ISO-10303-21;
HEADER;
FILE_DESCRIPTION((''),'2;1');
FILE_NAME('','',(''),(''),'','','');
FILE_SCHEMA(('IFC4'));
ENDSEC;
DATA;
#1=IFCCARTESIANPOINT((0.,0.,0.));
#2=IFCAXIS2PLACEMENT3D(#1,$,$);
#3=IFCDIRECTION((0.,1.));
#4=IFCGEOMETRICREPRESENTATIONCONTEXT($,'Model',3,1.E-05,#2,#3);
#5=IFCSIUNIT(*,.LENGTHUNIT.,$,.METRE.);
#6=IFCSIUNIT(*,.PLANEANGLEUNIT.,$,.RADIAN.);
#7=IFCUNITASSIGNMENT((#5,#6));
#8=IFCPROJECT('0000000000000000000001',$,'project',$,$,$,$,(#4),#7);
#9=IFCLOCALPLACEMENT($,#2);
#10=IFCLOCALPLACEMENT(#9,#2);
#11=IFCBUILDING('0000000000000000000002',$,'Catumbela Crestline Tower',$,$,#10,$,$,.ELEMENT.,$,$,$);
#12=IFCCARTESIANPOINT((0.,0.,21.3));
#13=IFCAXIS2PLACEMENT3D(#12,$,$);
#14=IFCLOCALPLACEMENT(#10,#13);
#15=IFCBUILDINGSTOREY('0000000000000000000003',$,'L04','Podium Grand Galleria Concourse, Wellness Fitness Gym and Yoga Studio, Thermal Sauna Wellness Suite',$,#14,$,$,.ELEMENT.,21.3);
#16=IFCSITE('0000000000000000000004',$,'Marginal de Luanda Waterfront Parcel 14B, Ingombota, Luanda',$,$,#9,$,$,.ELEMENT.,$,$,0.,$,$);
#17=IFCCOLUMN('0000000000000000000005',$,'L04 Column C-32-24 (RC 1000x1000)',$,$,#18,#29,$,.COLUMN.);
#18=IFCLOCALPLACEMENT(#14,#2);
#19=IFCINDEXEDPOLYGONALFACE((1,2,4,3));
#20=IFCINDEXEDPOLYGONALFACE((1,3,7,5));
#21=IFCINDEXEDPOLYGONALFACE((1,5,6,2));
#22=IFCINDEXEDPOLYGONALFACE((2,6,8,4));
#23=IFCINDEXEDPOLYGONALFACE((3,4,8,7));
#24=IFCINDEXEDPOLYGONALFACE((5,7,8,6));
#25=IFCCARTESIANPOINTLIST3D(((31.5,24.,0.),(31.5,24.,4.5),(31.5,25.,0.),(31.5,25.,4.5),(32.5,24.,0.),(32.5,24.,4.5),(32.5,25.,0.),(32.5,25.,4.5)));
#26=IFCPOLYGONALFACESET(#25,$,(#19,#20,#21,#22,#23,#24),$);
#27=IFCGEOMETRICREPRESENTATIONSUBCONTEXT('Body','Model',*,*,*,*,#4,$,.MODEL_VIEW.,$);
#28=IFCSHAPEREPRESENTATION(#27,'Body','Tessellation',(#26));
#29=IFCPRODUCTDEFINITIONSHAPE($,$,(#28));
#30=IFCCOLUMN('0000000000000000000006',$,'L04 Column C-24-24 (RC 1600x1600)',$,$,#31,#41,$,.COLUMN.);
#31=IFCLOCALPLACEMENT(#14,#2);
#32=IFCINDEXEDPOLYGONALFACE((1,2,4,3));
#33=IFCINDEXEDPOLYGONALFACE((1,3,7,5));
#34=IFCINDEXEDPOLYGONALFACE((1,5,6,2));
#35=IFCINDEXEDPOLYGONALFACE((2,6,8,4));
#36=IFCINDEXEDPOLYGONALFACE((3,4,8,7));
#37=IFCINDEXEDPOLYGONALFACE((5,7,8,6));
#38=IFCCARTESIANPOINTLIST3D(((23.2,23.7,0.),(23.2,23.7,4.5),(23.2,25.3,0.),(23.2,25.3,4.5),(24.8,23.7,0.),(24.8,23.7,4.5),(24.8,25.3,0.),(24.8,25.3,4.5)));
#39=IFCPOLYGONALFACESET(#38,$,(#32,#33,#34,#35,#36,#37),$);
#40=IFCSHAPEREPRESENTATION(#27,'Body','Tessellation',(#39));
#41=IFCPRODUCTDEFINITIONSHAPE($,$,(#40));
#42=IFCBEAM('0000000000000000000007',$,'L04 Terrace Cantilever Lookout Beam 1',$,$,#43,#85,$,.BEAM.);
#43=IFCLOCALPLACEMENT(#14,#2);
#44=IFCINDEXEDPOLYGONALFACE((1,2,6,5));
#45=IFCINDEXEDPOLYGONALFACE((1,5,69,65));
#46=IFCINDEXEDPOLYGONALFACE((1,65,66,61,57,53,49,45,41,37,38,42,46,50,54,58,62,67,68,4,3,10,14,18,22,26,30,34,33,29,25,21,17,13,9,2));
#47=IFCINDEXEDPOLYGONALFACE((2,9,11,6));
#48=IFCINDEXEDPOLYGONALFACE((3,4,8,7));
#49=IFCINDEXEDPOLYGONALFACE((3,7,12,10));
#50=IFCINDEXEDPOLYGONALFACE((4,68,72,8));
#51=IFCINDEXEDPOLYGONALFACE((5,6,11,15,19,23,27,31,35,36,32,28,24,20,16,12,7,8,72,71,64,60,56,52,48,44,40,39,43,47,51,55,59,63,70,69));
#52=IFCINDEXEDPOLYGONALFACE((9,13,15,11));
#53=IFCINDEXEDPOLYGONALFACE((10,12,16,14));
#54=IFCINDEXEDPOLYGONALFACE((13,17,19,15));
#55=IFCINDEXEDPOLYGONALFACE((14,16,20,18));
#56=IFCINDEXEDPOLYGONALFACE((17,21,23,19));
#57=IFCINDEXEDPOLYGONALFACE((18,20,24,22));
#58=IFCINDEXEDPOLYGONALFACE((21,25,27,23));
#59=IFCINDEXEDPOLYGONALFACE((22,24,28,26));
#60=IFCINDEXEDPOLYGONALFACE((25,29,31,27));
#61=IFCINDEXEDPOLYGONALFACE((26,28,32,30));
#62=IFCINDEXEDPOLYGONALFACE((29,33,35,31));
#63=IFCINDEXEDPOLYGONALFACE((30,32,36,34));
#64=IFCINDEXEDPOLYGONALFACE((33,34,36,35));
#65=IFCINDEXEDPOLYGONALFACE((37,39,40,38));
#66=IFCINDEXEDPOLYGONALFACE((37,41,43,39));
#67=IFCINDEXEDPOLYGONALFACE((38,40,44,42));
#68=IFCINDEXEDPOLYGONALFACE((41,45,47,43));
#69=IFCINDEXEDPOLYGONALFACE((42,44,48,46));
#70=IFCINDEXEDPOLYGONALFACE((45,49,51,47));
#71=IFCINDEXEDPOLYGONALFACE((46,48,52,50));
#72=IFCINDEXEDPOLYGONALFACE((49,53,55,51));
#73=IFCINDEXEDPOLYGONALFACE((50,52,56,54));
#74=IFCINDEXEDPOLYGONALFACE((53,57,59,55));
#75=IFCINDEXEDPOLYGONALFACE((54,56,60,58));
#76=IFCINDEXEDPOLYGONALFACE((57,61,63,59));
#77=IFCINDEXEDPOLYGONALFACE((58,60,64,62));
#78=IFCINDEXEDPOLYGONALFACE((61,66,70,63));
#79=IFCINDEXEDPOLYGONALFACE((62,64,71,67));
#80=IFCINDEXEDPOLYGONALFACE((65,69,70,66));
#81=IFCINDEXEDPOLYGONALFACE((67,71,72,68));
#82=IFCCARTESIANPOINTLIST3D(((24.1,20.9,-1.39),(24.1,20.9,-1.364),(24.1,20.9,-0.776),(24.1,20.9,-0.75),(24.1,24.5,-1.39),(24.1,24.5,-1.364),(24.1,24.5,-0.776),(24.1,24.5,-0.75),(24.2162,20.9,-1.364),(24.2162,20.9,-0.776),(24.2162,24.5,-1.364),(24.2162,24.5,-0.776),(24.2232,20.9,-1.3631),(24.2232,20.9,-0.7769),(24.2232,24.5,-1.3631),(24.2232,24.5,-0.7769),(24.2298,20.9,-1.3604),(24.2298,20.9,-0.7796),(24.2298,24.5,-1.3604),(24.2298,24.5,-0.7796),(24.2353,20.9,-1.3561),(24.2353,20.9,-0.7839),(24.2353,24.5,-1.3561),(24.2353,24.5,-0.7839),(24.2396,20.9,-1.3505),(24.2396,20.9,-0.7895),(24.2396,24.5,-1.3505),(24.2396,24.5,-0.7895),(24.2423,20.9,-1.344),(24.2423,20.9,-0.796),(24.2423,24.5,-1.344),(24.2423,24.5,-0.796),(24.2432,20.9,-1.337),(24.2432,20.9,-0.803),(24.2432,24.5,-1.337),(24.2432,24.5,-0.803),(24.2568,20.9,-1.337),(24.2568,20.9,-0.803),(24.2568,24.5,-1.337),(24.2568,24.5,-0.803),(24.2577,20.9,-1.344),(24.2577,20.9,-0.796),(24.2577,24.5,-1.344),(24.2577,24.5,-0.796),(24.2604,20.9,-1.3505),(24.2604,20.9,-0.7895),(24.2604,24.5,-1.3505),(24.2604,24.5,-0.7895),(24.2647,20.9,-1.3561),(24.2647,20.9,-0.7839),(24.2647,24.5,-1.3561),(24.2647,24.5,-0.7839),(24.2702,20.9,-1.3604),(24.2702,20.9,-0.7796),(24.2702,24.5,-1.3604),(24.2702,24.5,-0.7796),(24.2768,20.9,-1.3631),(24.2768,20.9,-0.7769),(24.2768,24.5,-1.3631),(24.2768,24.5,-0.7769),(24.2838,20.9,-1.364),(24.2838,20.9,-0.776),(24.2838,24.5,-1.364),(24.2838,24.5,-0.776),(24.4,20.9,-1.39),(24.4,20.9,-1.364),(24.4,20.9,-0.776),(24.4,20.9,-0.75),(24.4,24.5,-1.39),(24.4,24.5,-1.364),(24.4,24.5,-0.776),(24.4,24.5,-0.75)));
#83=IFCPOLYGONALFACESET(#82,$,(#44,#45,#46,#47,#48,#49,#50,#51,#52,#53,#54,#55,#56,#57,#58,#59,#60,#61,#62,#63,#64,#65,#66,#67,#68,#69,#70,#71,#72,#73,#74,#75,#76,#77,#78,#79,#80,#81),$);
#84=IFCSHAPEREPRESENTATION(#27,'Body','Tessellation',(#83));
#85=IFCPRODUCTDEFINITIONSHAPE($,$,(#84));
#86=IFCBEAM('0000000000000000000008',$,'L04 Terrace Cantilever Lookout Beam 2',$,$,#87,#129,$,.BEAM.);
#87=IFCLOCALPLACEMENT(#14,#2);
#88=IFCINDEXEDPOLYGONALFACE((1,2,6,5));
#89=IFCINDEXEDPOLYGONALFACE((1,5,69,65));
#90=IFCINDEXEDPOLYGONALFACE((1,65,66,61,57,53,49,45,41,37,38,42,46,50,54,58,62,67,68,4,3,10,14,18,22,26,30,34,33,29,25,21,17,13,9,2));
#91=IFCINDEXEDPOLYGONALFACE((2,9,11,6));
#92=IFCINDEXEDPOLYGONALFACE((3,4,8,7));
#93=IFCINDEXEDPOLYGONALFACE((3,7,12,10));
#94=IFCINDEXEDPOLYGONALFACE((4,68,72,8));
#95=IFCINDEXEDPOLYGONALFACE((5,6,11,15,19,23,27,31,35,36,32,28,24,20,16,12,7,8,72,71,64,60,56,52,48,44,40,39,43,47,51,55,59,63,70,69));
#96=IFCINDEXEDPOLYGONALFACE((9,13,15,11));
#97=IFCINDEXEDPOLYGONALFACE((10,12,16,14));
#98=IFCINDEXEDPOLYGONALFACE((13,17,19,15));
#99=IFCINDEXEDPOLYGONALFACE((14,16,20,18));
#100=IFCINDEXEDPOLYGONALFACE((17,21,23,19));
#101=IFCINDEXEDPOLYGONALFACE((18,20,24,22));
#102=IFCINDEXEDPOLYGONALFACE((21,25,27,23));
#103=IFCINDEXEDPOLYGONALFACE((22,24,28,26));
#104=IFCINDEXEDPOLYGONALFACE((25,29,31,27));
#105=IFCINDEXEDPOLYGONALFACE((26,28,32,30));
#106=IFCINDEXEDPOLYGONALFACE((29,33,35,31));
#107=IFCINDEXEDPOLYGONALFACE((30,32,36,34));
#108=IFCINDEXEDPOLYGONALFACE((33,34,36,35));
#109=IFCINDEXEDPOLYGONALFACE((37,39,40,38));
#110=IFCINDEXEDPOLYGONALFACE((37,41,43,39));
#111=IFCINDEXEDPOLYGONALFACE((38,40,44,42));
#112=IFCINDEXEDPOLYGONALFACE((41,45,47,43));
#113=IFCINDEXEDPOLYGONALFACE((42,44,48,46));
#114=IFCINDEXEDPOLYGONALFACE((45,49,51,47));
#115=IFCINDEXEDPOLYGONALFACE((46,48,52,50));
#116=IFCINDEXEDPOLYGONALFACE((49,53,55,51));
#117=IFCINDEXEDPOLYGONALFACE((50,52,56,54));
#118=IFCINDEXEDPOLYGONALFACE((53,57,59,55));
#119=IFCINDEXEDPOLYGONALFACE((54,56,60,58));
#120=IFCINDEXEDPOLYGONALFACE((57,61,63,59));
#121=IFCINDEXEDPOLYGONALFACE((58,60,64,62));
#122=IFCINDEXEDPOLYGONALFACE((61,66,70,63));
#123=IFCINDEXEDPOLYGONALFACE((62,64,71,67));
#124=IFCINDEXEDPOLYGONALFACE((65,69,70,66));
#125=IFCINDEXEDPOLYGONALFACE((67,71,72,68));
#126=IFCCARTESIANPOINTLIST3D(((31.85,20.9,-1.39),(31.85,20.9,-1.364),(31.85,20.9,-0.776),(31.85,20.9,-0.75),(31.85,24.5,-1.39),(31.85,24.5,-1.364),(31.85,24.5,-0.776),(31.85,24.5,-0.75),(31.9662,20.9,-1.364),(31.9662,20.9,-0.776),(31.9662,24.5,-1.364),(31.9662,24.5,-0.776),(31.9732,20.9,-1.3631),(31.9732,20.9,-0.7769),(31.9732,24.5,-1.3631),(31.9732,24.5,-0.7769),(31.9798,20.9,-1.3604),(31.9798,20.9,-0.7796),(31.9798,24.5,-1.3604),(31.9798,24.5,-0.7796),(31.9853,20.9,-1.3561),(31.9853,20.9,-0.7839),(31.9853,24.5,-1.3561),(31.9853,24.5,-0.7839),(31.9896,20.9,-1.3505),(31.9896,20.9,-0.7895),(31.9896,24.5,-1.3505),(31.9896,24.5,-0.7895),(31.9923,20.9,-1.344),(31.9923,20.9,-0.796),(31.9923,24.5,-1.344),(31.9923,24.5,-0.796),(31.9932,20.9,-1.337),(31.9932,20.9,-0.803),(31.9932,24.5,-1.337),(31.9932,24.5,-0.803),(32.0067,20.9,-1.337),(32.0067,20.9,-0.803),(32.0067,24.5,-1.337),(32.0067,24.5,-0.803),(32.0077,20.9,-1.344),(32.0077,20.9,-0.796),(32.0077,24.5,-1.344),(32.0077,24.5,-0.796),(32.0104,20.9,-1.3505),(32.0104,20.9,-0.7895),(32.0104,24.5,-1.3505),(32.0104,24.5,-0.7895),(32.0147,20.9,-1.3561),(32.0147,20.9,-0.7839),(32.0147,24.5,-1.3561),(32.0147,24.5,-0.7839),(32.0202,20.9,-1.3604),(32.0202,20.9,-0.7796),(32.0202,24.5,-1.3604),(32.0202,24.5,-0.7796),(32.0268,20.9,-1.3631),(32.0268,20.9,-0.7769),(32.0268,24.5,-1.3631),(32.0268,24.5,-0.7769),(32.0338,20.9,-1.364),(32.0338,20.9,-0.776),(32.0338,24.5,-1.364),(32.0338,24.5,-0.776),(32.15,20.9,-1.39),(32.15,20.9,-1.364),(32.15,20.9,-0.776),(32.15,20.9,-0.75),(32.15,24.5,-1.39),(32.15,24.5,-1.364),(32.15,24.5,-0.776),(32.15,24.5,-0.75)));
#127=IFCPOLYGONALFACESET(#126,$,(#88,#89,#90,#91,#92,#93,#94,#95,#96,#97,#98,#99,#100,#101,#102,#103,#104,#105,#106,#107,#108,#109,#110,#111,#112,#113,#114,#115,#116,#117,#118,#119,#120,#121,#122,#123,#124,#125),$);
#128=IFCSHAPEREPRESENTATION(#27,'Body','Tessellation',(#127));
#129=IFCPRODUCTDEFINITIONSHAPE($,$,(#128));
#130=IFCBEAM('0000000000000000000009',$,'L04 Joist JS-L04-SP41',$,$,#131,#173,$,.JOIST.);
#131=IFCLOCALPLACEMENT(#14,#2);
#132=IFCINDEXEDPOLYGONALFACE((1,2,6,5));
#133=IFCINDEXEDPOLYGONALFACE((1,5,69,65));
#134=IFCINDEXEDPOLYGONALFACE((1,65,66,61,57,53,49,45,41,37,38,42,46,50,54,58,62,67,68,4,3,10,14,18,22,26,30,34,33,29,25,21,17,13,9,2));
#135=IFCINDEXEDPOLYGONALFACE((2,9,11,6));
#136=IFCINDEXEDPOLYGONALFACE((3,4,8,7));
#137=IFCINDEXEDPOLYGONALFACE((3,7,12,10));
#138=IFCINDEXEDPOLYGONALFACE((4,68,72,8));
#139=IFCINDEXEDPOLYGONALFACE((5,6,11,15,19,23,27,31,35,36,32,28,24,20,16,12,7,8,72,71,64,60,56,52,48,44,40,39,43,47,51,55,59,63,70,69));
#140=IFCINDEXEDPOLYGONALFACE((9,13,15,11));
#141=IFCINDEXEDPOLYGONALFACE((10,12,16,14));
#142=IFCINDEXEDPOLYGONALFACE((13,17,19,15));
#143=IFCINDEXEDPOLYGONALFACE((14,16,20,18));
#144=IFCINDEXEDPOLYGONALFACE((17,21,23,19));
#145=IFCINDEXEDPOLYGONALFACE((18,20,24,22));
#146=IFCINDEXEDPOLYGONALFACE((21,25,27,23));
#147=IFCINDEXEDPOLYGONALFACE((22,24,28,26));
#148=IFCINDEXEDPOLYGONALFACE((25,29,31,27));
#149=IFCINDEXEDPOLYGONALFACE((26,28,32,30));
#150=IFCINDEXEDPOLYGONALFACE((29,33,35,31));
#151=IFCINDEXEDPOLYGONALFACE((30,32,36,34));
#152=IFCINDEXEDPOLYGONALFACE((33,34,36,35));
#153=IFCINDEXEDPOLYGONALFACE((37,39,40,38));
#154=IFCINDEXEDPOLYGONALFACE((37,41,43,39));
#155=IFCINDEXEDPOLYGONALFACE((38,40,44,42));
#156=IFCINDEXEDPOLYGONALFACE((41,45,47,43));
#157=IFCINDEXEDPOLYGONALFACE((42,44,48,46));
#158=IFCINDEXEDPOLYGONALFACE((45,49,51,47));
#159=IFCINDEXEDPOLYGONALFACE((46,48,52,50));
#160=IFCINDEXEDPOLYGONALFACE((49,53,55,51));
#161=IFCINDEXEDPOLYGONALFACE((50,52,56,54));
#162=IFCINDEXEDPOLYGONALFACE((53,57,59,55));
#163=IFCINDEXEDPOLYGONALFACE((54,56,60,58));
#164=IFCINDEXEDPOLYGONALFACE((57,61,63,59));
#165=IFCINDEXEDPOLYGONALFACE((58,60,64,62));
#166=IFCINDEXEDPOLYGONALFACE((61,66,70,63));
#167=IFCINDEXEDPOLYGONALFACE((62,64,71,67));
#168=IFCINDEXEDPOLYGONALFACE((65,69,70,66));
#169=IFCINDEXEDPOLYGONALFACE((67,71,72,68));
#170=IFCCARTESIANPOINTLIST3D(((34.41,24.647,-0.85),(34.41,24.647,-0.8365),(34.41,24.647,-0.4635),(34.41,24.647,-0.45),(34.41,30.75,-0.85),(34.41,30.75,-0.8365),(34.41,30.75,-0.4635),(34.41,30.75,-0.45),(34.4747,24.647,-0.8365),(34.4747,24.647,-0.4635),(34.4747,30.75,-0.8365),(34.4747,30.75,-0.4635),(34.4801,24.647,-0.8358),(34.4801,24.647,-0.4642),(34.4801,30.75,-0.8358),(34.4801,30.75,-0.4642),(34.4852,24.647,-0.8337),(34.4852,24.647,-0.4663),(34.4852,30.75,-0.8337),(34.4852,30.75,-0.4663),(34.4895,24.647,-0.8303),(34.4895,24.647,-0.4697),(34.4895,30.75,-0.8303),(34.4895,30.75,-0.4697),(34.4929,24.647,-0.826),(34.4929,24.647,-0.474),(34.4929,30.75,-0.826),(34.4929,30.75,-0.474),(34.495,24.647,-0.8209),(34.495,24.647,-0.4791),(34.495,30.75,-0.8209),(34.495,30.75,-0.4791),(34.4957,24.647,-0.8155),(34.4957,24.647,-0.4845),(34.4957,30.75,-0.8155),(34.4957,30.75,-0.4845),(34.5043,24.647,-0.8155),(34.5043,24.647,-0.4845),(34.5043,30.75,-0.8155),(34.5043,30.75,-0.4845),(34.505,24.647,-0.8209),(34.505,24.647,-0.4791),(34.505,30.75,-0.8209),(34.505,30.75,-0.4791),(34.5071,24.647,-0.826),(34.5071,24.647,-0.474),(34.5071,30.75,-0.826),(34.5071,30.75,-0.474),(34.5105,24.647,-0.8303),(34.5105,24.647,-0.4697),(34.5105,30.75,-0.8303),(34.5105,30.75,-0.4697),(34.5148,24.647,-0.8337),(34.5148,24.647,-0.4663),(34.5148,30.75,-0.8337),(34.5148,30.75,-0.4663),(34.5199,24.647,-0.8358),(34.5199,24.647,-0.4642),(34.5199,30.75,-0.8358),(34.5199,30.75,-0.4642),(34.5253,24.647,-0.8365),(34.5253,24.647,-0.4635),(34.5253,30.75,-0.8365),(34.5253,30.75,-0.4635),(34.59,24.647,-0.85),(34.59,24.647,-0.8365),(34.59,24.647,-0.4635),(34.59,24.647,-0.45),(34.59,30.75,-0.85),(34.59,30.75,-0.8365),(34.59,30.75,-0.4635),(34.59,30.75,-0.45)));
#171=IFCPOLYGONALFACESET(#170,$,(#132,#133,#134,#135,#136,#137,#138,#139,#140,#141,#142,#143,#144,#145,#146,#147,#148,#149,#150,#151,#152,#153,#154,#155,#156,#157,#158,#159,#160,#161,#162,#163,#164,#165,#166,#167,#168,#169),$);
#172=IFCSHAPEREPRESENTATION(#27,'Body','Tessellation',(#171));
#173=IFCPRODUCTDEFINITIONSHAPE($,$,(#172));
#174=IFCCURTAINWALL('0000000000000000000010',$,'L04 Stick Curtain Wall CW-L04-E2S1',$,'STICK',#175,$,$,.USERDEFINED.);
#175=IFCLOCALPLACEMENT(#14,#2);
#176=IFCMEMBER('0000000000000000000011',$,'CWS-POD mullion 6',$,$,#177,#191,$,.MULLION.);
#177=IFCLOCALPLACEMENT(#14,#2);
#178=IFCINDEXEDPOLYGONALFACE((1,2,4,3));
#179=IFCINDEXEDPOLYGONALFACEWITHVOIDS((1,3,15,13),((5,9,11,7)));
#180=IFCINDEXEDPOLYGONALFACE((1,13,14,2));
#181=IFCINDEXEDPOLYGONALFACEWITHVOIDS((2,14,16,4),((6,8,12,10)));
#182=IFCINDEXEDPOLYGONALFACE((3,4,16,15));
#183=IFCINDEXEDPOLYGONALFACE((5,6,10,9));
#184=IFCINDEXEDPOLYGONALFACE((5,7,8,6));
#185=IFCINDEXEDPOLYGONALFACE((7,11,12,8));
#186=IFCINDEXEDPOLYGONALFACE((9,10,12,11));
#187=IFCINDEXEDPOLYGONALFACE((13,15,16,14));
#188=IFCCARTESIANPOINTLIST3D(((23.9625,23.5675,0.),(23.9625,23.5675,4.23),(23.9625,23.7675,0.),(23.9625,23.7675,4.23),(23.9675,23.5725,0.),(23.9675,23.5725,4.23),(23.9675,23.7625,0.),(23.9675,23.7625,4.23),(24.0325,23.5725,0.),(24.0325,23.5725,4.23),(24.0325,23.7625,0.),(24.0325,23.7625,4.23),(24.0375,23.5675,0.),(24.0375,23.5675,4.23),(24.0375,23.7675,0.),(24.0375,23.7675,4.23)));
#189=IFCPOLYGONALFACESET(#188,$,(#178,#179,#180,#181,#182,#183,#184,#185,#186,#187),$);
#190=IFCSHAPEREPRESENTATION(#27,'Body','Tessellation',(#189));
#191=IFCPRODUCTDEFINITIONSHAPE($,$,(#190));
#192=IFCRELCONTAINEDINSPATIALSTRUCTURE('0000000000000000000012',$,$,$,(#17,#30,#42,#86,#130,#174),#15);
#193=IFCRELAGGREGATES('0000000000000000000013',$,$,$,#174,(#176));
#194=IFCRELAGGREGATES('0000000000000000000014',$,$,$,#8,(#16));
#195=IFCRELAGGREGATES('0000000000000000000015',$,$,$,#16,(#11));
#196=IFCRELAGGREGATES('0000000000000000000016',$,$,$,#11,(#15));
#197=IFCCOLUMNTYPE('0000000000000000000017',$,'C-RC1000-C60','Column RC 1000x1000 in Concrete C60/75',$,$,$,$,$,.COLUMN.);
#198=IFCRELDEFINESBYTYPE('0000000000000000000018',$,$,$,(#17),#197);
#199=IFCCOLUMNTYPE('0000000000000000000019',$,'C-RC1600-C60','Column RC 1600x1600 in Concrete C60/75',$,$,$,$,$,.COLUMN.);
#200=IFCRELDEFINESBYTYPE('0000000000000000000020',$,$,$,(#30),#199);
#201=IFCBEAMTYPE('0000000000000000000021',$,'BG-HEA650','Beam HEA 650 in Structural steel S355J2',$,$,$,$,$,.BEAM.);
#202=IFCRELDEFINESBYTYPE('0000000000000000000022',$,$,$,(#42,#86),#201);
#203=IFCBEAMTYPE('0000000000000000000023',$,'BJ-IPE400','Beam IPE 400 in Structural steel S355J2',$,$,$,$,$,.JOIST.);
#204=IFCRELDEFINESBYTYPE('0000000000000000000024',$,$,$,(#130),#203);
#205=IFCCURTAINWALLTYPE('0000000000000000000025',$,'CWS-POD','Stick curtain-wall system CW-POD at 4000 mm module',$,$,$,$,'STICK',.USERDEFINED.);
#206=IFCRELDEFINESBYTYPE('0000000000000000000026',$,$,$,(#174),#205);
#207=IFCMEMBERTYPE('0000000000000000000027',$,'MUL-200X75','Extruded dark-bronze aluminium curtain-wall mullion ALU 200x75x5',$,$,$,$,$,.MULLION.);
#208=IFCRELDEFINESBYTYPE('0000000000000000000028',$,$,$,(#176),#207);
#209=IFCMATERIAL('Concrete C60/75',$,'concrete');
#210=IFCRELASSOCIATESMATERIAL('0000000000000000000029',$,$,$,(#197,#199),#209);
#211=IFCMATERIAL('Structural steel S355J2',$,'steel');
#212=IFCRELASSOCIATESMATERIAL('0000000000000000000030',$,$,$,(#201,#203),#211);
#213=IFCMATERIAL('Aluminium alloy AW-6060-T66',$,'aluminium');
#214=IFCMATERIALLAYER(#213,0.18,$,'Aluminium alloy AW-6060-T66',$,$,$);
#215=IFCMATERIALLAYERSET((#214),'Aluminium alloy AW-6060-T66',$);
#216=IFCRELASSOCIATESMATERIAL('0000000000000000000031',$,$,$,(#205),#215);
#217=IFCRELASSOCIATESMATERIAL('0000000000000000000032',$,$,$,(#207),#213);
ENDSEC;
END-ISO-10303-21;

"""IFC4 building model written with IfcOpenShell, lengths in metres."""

from ifc_helpers import new_model, si_unit, direction, frame, origin, origin_2d, place, context, subcontext, project, spatial, rectangle, hollow_rectangle, i_section, extrude, material, layer, layer_set, material_profile, profile_set, type_object, element, aggregate, save


model = new_model("IFC4")

# Units and contexts
model_context = context("Model", 3, precision=1e-05, world=origin(), true_north=direction((0.0, 1.0)))
body_context = subcontext(model_context, "Body", "Model", "MODEL_VIEW")
ifc_project = project(units=[si_unit("LENGTHUNIT", "METRE"), si_unit("PLANEANGLEUNIT", "RADIAN")], contexts=[model_context])

# Site, building, storey
site_placement = place(None, origin())
site = spatial("IfcSite", under=ifc_project, at=site_placement, Name="Marginal de Luanda Waterfront Parcel 14B, Ingombota, Luanda", CompositionType="ELEMENT", RefElevation=0.0)
building_placement = place(site_placement, origin())
building = spatial("IfcBuilding", under=site, at=building_placement, Name="Catumbela Crestline Tower", CompositionType="ELEMENT")
storey_placement = place(building_placement, frame((0.0, 0.0, 21.3)))
storey = spatial("IfcBuildingStorey", under=building, at=storey_placement, Name="L04", Description="Podium Grand Galleria Concourse, Wellness Fitness Gym and Yoga Studio, Thermal Sauna Wellness Suite", CompositionType="ELEMENT", Elevation=21.3)

# Columns
ifc_material_1 = material(Name="Concrete C60/75", Category="concrete")
ifc_material_profile_1 = material_profile(ifc_material_1, rectangle(XDim=1.0, YDim=1.0, at=origin_2d()), Name="RC 1000x1000")
ifc_profile_set_1 = profile_set([ifc_material_profile_1], Name="Concrete C60/75")
column_type_1 = type_object("IfcColumnType", Name="C-RC1000-C60", Description="Column RC 1000x1000 in Concrete C60/75", PredefinedType="COLUMN", material=ifc_profile_set_1)
column_1_placement = place(storey_placement, frame((32.0, 24.5, 0.0), z_axis=(0.0, 0.0, 1.0), x_axis=(1.0, 0.0, 0.0)))
element("IfcColumn", 1, at=column_1_placement, inside=storey, type_object=column_type_1, Name="L04 Column C-32-24 (RC 1000x1000)", PredefinedType="COLUMN", context=body_context, shape_type="SweptSolid", body=[
    extrude(rectangle(XDim=1.0, YDim=1.0, at=origin_2d()), origin(), (0.0, 0.0, 1.0), 4.5),
])
ifc_material_profile_2 = material_profile(ifc_material_1, rectangle(XDim=1.6, YDim=1.6, at=origin_2d()), Name="RC 1600x1600")
ifc_profile_set_2 = profile_set([ifc_material_profile_2], Name="Concrete C60/75")
column_type_2 = type_object("IfcColumnType", Name="C-RC1600-C60", Description="Column RC 1600x1600 in Concrete C60/75", PredefinedType="COLUMN", material=ifc_profile_set_2)
column_2_placement = place(storey_placement, frame((24.0, 24.5, 0.0), z_axis=(0.0, 0.0, 1.0), x_axis=(1.0, 0.0, 0.0)))
element("IfcColumn", 2, at=column_2_placement, inside=storey, type_object=column_type_2, Name="L04 Column C-24-24 (RC 1600x1600)", PredefinedType="COLUMN", context=body_context, shape_type="SweptSolid", body=[
    extrude(rectangle(XDim=1.6, YDim=1.6, at=origin_2d()), origin(), (0.0, 0.0, 1.0), 4.5),
])

# Beams
ifc_material_2 = material(Name="Structural steel S355J2", Category="steel")
ifc_material_profile_3 = material_profile(ifc_material_2, i_section(OverallWidth=0.3, OverallDepth=0.64, WebThickness=0.0135, FlangeThickness=0.026, FilletRadius=0.027, at=origin_2d()), Name="HEA 650")
ifc_profile_set_3 = profile_set([ifc_material_profile_3], Name="Structural steel S355J2")
beam_type_1 = type_object("IfcBeamType", Name="BG-HEA650", Description="Beam HEA 650 in Structural steel S355J2", PredefinedType="BEAM", material=ifc_profile_set_3)
for number, where, z_axis, x_axis, name in (
    (3, (24.25, 24.5, -1.07), (0.0, -1.0, 0.0), (1.0, 0.0, 0.0), "L04 Terrace Cantilever Lookout Beam 1"),
    (4, (32.0, 24.5, -1.07), (0.0, -1.0, 0.0), (1.0, 0.0, 0.0), "L04 Terrace Cantilever Lookout Beam 2"),
):
    element("IfcBeam", number, at=place(storey_placement, frame(where, z_axis=z_axis, x_axis=x_axis)), inside=storey, type_object=beam_type_1, Name=name, PredefinedType="BEAM", context=body_context, shape_type="SweptSolid", body=[
        extrude(i_section(OverallWidth=0.3, OverallDepth=0.64, WebThickness=0.0135, FlangeThickness=0.026, FilletRadius=0.027, at=origin_2d()), origin(), (0.0, 0.0, 1.0), 3.6),
    ])
ifc_material_profile_4 = material_profile(ifc_material_2, i_section(OverallWidth=0.18, OverallDepth=0.4, WebThickness=0.0086, FlangeThickness=0.0135, FilletRadius=0.021, at=origin_2d()), Name="IPE 400")
ifc_profile_set_4 = profile_set([ifc_material_profile_4], Name="Structural steel S355J2")
beam_type_2 = type_object("IfcBeamType", Name="BJ-IPE400", Description="Beam IPE 400 in Structural steel S355J2", PredefinedType="JOIST", material=ifc_profile_set_4)
beam_1_placement = place(storey_placement, frame((34.5, 24.647, -0.65), z_axis=(0.0, 1.0, 0.0), x_axis=(-1.0, 0.0, 0.0)))
element("IfcBeam", 5, at=beam_1_placement, inside=storey, type_object=beam_type_2, Name="L04 Joist JS-L04-SP41", PredefinedType="JOIST", context=body_context, shape_type="SweptSolid", body=[
    extrude(i_section(OverallWidth=0.18, OverallDepth=0.4, WebThickness=0.0086, FlangeThickness=0.0135, FilletRadius=0.021, at=origin_2d()), origin(), (0.0, 0.0, 1.0), 6.103),
])

# Curtain wall, member
ifc_material_3 = material(Name="Aluminium alloy AW-6060-T66", Category="aluminium")
ifc_layer_1 = layer(ifc_material_3, 0.18, Name="Aluminium alloy AW-6060-T66")
ifc_layer_set_1 = layer_set([ifc_layer_1], Name="Aluminium alloy AW-6060-T66")
curtain_wall_type = type_object("IfcCurtainWallType", Name="CWS-POD", Description="Stick curtain-wall system CW-POD at 4000 mm module", ElementType="STICK", PredefinedType="USERDEFINED", material=ifc_layer_set_1)
curtain_wall_1_placement = place(storey_placement, origin())
curtain_wall_1 = element("IfcCurtainWall", 6, at=curtain_wall_1_placement, inside=storey, type_object=curtain_wall_type, Name="L04 Stick Curtain Wall CW-L04-E2S1", ObjectType="STICK", PredefinedType="USERDEFINED")
ifc_material_profile_5 = material_profile(ifc_material_3, hollow_rectangle(XDim=0.075, YDim=0.2, WallThickness=0.005, at=origin_2d()), Name="ALU 200x75x5")
ifc_profile_set_5 = profile_set([ifc_material_profile_5], Name="Aluminium alloy AW-6060-T66")
member_type_1 = type_object("IfcMemberType", Name="MUL-200X75", Description="Extruded dark-bronze aluminium curtain-wall mullion ALU 200x75x5", PredefinedType="MULLION", material=ifc_profile_set_5)
member_1_placement = place(storey_placement, frame((24.0, 23.6675, 0.0), z_axis=(0.0, 0.0, 1.0), x_axis=(-1.0, 0.0, 0.0)))
member_1 = element("IfcMember", 7, at=member_1_placement, type_object=member_type_1, Name="CWS-POD mullion 6", PredefinedType="MULLION", context=body_context, shape_type="SweptSolid", body=[
    extrude(hollow_rectangle(XDim=0.075, YDim=0.2, WallThickness=0.005, at=origin_2d()), origin(), (0.0, 0.0, 1.0), 4.23),
])
aggregate(curtain_wall_1, [member_1])

save(model, "model.ifc")
